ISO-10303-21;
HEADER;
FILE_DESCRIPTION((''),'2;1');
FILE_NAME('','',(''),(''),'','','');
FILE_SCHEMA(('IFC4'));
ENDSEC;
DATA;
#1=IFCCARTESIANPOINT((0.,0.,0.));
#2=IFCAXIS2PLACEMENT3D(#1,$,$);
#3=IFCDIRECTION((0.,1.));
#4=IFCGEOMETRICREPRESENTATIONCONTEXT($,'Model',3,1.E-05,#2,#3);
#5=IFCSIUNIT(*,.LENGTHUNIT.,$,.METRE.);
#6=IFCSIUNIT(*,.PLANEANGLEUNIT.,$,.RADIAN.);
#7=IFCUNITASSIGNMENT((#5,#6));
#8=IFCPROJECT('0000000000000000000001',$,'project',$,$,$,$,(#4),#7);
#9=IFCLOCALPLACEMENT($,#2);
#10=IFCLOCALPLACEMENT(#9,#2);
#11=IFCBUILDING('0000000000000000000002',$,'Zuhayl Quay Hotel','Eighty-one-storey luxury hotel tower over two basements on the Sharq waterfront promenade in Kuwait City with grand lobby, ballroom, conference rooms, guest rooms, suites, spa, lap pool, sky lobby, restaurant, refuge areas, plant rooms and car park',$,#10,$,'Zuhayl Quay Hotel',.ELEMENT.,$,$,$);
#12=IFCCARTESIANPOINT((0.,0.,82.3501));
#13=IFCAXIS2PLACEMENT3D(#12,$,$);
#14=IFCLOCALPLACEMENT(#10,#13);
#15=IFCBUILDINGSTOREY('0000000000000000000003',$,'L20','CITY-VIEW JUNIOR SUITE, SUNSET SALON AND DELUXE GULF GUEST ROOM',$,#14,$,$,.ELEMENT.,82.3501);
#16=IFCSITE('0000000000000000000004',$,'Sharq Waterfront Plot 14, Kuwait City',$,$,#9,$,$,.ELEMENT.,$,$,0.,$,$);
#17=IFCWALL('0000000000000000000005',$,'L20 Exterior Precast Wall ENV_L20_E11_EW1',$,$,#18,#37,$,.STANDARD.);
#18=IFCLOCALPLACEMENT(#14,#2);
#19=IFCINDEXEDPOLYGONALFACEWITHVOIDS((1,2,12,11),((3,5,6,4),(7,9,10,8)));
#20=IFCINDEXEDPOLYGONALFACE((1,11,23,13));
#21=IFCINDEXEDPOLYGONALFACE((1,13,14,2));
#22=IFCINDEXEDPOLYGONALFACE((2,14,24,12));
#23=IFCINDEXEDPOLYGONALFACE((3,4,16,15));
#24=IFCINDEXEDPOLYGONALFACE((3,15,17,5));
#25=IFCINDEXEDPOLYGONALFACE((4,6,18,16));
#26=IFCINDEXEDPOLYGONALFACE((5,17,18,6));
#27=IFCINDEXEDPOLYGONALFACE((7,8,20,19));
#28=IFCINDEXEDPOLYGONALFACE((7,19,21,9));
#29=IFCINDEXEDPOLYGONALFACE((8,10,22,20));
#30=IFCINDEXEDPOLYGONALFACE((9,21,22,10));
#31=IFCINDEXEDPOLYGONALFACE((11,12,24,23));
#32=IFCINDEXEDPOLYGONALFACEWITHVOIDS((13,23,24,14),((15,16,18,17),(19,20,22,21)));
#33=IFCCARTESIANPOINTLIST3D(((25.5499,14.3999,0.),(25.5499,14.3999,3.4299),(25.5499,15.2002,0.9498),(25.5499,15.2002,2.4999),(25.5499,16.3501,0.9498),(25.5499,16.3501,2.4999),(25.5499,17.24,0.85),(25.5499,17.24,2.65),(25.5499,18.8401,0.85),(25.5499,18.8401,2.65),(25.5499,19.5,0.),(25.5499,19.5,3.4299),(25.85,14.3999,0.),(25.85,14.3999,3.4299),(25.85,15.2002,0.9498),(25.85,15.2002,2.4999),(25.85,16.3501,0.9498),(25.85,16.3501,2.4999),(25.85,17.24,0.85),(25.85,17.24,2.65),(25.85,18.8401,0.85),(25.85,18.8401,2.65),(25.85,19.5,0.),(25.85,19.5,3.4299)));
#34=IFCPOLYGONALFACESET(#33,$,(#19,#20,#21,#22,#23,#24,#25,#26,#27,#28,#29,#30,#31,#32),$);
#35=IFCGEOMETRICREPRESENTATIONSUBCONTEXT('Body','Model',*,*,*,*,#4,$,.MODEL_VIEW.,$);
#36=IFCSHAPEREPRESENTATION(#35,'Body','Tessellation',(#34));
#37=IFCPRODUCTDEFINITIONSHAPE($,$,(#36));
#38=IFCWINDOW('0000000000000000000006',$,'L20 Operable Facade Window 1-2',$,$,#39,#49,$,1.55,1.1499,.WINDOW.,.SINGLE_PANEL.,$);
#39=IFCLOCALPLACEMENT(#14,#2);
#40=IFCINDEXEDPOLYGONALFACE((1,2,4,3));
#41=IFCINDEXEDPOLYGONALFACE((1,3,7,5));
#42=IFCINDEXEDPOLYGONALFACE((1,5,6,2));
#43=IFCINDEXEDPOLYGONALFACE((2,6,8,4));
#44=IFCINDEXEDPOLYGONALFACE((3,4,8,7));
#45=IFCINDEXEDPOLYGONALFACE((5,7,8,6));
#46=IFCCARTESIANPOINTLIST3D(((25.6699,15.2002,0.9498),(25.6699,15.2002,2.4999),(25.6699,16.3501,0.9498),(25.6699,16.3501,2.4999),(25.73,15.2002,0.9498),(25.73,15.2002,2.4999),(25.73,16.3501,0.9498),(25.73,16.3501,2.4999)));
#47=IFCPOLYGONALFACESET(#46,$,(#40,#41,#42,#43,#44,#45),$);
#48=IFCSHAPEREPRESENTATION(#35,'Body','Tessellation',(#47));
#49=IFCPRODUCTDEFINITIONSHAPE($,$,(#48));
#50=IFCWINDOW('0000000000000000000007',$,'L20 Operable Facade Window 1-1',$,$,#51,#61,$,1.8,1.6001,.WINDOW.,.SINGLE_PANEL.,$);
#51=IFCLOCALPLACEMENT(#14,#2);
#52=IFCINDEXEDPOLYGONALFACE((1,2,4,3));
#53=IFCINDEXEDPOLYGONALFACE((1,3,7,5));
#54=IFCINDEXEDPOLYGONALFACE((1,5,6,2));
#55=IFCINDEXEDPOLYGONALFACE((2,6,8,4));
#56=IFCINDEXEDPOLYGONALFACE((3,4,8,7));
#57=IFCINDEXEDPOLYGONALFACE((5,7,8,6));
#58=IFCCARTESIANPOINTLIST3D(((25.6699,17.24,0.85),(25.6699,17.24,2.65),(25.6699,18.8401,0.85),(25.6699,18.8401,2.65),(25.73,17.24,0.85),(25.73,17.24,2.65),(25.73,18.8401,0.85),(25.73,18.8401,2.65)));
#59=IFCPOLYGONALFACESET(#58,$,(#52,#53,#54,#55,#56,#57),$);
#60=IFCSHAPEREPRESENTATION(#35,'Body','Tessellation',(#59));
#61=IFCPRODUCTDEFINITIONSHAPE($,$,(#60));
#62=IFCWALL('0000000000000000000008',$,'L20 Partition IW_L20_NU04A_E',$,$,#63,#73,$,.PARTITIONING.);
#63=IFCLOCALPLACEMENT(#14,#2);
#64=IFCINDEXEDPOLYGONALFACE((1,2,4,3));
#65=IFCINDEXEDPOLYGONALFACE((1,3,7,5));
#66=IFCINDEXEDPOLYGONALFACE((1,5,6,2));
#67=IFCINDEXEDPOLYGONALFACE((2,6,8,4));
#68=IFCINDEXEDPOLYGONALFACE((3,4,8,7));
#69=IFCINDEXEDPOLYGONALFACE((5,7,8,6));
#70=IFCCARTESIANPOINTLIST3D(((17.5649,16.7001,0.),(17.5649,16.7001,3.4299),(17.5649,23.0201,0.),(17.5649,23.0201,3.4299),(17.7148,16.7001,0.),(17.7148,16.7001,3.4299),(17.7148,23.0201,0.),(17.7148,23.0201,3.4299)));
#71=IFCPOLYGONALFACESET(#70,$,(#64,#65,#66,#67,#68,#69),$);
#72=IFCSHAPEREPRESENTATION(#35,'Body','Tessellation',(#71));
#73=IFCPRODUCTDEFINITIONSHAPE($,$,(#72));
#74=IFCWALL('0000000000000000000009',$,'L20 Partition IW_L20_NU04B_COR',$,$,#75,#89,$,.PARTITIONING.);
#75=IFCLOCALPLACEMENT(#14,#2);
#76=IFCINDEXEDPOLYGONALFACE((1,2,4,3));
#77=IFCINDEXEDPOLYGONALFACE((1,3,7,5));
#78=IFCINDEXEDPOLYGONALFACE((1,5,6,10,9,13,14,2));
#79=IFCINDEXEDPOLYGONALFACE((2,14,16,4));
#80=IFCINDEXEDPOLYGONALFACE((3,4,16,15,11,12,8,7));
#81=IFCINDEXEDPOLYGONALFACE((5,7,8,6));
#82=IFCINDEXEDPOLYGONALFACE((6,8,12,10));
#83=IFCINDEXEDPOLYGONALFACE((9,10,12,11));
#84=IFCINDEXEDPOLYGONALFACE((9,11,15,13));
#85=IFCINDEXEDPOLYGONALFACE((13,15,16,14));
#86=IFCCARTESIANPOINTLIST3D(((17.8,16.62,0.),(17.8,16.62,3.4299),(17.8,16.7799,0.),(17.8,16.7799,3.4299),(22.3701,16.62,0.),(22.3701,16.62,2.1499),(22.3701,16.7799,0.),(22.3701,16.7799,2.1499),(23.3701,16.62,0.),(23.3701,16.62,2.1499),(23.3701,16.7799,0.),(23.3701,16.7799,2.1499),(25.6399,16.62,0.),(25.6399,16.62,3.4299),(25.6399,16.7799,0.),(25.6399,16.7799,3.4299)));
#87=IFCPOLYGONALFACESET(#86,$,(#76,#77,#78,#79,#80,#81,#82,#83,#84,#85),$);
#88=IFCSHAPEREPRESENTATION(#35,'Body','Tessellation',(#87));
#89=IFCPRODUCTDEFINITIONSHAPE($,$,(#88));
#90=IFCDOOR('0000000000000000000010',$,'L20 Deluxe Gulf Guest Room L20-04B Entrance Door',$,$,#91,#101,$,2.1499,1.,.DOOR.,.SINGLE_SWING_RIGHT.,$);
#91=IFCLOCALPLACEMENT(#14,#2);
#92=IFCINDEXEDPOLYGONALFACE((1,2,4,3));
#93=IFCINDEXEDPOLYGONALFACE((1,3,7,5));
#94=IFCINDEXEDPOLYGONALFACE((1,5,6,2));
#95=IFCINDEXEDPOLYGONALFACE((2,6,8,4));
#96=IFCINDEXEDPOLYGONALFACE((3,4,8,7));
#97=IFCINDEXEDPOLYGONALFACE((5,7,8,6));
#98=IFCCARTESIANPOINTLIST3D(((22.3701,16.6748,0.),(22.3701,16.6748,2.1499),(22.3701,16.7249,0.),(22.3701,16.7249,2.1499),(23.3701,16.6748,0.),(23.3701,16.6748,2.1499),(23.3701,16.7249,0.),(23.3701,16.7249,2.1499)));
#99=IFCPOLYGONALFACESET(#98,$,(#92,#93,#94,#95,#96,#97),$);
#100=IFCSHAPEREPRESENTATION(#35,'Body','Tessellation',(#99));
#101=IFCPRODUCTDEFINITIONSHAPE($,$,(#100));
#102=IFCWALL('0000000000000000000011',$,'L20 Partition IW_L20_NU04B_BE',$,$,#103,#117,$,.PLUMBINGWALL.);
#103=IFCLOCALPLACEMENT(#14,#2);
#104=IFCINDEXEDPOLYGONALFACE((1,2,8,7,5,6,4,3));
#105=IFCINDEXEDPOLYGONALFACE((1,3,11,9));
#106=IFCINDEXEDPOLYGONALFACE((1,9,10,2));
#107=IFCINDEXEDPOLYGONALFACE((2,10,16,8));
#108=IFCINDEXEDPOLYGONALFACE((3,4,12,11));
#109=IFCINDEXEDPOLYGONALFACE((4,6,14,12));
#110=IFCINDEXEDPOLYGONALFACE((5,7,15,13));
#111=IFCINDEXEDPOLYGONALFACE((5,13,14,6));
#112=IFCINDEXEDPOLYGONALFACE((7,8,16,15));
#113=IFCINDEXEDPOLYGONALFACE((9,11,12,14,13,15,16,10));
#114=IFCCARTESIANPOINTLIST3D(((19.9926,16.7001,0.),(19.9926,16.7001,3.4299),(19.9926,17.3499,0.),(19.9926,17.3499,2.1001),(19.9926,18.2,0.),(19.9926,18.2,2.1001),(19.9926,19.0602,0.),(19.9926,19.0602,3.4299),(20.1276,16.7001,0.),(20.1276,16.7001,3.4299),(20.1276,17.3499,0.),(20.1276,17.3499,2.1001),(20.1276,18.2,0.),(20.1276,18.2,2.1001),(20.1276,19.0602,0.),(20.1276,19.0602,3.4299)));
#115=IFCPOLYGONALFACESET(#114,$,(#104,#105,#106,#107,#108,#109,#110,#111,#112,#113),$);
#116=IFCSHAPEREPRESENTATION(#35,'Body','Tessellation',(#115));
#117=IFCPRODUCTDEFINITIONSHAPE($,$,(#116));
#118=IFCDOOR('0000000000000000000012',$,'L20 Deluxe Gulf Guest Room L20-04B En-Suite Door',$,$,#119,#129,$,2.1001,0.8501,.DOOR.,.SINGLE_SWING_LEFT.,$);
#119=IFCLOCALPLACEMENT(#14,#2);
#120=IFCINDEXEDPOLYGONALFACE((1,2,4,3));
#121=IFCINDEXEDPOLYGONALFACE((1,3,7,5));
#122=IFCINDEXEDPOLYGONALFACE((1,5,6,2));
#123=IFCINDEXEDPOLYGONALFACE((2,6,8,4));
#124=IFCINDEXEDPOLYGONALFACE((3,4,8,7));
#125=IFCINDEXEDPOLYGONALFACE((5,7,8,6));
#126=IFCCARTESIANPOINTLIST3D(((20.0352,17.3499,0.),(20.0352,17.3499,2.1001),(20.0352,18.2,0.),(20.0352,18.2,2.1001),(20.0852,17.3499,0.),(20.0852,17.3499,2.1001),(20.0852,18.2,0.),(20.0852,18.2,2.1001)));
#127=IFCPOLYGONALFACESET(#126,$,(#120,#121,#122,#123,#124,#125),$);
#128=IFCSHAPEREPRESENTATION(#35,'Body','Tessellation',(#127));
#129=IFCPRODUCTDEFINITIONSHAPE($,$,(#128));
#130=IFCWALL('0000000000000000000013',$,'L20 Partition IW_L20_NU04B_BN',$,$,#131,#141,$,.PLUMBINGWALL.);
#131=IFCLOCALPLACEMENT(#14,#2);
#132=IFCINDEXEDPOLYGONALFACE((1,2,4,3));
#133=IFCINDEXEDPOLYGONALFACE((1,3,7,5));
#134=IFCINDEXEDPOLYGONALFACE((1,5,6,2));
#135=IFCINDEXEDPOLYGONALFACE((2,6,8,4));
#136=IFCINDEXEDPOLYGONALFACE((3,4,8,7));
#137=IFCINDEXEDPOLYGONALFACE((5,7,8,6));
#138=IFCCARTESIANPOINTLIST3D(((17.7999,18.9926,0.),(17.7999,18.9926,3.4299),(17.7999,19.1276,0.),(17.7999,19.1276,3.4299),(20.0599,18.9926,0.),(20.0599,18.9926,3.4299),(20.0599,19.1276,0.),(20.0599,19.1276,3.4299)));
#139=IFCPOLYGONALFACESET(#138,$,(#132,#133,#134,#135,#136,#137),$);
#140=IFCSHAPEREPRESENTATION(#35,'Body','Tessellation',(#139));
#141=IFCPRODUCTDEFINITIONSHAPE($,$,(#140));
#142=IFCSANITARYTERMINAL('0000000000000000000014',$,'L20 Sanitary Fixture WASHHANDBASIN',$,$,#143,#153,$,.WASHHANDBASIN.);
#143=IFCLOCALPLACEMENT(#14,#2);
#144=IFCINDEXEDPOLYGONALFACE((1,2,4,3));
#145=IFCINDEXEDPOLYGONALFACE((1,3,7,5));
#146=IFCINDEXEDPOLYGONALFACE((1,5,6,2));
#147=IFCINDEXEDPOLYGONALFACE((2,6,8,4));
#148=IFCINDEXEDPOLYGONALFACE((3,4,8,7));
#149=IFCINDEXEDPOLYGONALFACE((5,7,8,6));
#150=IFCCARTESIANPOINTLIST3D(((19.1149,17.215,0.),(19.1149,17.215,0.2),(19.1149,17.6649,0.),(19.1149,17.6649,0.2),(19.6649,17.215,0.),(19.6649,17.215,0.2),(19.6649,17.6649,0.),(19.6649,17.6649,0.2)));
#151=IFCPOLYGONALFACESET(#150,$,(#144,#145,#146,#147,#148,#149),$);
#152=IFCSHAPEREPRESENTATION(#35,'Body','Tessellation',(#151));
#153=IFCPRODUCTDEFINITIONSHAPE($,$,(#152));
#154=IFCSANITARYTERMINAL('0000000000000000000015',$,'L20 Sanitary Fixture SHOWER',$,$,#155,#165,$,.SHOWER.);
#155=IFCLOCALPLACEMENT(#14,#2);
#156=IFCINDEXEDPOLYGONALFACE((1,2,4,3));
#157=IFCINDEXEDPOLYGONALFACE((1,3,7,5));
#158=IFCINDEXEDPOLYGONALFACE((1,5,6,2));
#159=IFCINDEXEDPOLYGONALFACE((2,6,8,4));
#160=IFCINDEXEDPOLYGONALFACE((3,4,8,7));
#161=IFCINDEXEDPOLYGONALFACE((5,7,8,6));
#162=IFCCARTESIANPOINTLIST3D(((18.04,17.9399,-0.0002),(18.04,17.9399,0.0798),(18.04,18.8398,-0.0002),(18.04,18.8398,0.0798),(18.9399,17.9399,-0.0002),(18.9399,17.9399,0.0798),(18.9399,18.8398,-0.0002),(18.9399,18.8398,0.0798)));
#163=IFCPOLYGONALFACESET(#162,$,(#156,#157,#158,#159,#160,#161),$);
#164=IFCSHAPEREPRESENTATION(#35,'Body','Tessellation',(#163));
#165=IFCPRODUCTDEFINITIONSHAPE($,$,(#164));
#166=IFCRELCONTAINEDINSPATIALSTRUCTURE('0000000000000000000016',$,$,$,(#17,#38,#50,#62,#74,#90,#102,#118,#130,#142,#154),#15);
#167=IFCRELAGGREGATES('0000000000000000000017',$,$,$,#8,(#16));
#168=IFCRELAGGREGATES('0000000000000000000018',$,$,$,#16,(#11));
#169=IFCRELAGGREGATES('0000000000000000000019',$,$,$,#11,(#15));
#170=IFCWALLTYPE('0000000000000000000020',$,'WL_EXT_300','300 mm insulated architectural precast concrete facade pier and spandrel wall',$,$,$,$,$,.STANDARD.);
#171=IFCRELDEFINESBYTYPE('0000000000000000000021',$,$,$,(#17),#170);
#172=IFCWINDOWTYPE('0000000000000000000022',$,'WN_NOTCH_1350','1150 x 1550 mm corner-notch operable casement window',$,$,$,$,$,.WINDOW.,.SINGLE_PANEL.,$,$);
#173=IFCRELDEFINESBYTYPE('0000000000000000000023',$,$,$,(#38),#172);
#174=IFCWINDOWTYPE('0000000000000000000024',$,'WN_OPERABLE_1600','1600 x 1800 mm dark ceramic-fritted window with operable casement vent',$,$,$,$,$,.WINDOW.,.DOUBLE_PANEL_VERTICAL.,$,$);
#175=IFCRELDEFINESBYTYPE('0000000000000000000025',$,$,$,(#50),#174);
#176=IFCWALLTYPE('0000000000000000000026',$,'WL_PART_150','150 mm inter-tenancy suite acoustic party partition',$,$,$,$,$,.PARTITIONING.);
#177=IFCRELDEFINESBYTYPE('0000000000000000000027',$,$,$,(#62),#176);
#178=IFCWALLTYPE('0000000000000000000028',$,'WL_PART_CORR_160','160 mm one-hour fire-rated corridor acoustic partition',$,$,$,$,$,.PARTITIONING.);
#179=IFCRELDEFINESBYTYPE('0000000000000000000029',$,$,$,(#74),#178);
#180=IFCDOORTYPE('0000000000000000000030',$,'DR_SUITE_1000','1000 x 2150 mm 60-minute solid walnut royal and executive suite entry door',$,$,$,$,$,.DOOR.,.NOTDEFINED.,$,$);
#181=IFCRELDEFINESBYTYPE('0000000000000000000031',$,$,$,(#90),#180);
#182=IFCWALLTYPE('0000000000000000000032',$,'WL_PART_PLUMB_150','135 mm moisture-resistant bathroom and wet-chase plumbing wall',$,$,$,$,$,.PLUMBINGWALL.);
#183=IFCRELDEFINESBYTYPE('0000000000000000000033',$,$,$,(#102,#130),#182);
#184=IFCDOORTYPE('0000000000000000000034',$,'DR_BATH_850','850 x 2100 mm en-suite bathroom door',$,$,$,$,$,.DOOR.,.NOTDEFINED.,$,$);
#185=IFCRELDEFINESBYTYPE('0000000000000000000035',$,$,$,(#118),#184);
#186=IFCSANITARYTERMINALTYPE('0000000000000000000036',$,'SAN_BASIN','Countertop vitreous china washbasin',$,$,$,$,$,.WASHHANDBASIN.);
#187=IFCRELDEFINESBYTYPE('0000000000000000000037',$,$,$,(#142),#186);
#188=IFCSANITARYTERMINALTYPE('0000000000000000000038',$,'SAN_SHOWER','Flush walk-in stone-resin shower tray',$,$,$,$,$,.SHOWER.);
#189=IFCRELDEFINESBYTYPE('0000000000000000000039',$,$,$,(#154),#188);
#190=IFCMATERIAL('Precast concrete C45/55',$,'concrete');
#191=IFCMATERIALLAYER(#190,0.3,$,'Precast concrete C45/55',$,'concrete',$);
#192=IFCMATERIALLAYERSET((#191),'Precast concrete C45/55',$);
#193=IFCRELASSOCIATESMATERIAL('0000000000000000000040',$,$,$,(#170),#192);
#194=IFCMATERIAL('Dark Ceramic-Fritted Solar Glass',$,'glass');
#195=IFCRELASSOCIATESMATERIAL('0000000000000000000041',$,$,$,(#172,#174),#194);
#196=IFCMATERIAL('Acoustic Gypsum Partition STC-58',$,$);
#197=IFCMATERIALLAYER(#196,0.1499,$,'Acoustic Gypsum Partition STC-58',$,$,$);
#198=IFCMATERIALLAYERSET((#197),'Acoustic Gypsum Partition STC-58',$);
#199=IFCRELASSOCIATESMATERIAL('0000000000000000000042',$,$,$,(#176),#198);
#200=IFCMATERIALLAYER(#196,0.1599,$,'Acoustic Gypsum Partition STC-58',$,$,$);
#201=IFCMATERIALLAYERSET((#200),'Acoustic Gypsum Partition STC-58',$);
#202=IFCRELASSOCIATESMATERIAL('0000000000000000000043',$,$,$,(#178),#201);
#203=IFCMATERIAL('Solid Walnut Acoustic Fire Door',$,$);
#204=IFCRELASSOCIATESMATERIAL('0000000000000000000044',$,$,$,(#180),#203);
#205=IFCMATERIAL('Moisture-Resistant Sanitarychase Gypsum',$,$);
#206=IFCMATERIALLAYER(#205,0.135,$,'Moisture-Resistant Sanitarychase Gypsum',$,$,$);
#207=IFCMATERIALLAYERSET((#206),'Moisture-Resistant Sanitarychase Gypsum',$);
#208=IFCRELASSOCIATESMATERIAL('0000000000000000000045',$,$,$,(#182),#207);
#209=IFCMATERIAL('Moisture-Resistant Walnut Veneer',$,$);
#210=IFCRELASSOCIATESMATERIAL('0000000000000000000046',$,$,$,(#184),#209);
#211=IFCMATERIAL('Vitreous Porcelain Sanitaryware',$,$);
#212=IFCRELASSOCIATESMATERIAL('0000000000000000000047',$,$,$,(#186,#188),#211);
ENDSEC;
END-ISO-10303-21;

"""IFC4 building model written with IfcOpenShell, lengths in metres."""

from ifc_helpers import new_model, si_unit, direction, frame, frame_2d, origin, origin_2d, place, context, subcontext, project, spatial, rectangle, extrude, material, layer, layer_set, type_object, element, fill, save


model = new_model("IFC4")

# Units and contexts
model_context = context("Model", 3, precision=1e-05, world=origin(), true_north=direction((0.0, 1.0)))
body_context = subcontext(model_context, "Body", "Model", "MODEL_VIEW")
ifc_project = project(units=[si_unit("LENGTHUNIT", "METRE"), si_unit("PLANEANGLEUNIT", "RADIAN")], contexts=[model_context])

# Site, building, storey
site_placement = place(None, origin())
site = spatial("IfcSite", under=ifc_project, at=site_placement, Name="Sharq Waterfront Plot 14, Kuwait City", CompositionType="ELEMENT", RefElevation=0.0)
building_placement = place(site_placement, origin())
building = spatial("IfcBuilding", under=site, at=building_placement, Name="Zuhayl Quay Hotel", Description="Eighty-one-storey luxury hotel tower over two basements on the Sharq waterfront promenade in Kuwait City with grand lobby, ballroom, conference rooms, guest rooms, suites, spa, lap pool, sky lobby, restaurant, refuge areas, plant rooms and car park", LongName="Zuhayl Quay Hotel", CompositionType="ELEMENT")
storey_placement = place(building_placement, frame((0.0, 0.0, 82.3501)))
storey = spatial("IfcBuildingStorey", under=building, at=storey_placement, Name="L20", Description="CITY-VIEW JUNIOR SUITE, SUNSET SALON AND DELUXE GULF GUEST ROOM", CompositionType="ELEMENT", Elevation=82.3501)

# Shared definitions
ifc_material_1 = material(Name="Dark Ceramic-Fritted Solar Glass", Category="glass")

# Shared definitions
ifc_material_2 = material(Name="Precast concrete C45/55", Category="concrete")
ifc_layer_1 = layer(ifc_material_2, 0.3, Name="Precast concrete C45/55", Category="concrete")
ifc_layer_set_1 = layer_set([ifc_layer_1], Name="Precast concrete C45/55")
wall_type_1 = type_object("IfcWallType", Name="WL_EXT_300", Description="300 mm insulated architectural precast concrete facade pier and spandrel wall", PredefinedType="STANDARD", material=ifc_layer_set_1)

# Shared definitions
window_type_1 = type_object("IfcWindowType", Name="WN_NOTCH_1350", Description="1150 x 1550 mm corner-notch operable casement window", PartitioningType="SINGLE_PANEL", PredefinedType="WINDOW", material=ifc_material_1)

# Wall, openings, windows
wall_1_placement = place(storey_placement, frame((25.7, 19.5, 0.0), z_axis=(0.0, 0.0, 1.0), x_axis=(0.0, -1.0, 0.0)))
wall_1 = element("IfcWall", 1, at=wall_1_placement, inside=storey, type_object=wall_type_1, Name="L20 Exterior Precast Wall ENV_L20_E11_EW1", PredefinedType="STANDARD", context=body_context, shape_type="SweptSolid", body=[
    extrude(rectangle(XDim=5.1001, YDim=0.3, at=frame_2d((2.55, 0.0))), origin(), (0.0, 0.0, 1.0), 3.4299),
])
opening_1_placement = place(wall_1_placement, frame((0.6599, 0.0, 0.8501)))
opening_1 = element("IfcOpeningElement", 2, at=opening_1_placement, cuts=wall_1, PredefinedType="OPENING", context=body_context, shape_type="SweptSolid", body=[
    extrude(rectangle(XDim=1.6001, YDim=1.8, at=frame_2d((0.8, 0.8999))), frame((0.0, 0.1599, 0.0), z_axis=(0.0, -1.0, 0.0), x_axis=(1.0, 0.0, 0.0)), (0.0, 0.0, 1.0), 0.3201),
])
opening_2_placement = place(wall_1_placement, frame((3.1499, 0.0, 0.95)))
opening_2 = element("IfcOpeningElement", 3, at=opening_2_placement, cuts=wall_1, PredefinedType="OPENING", context=body_context, shape_type="SweptSolid", body=[
    extrude(rectangle(XDim=1.1499, YDim=1.55, at=frame_2d((0.575, 0.7749))), frame((0.0, 0.1599, 0.0), z_axis=(0.0, -1.0, 0.0), x_axis=(1.0, 0.0, 0.0)), (0.0, 0.0, 1.0), 0.3201),
])
window_1_placement = place(opening_2_placement, origin())
window_1 = element("IfcWindow", 4, at=window_1_placement, inside=storey, type_object=window_type_1, Name="L20 Operable Facade Window 1-2", OverallHeight=1.55, OverallWidth=1.1499, PartitioningType="SINGLE_PANEL", PredefinedType="WINDOW", context=body_context, shape_type="SweptSolid", body=[
    extrude(rectangle(XDim=1.1499, YDim=1.55, at=frame_2d((0.575, 0.7749))), frame((0.0, 0.03, 0.0), z_axis=(0.0, -1.0, 0.0), x_axis=(1.0, 0.0, 0.0)), (0.0, 0.0, 1.0), 0.0601),
])
fill(opening_2, window_1)
window_type_2 = type_object("IfcWindowType", Name="WN_OPERABLE_1600", Description="1600 x 1800 mm dark ceramic-fritted window with operable casement vent", PartitioningType="DOUBLE_PANEL_VERTICAL", PredefinedType="WINDOW", material=ifc_material_1)
window_2_placement = place(opening_1_placement, origin())
window_2 = element("IfcWindow", 5, at=window_2_placement, inside=storey, type_object=window_type_2, Name="L20 Operable Facade Window 1-1", OverallHeight=1.8, OverallWidth=1.6001, PartitioningType="SINGLE_PANEL", PredefinedType="WINDOW", context=body_context, shape_type="SweptSolid", body=[
    extrude(rectangle(XDim=1.6001, YDim=1.8, at=frame_2d((0.8, 0.8999))), frame((0.0, 0.03, 0.0), z_axis=(0.0, -1.0, 0.0), x_axis=(1.0, 0.0, 0.0)), (0.0, 0.0, 1.0), 0.0601),
])
fill(opening_1, window_2)

# Wall
ifc_material_3 = material(Name="Acoustic Gypsum Partition STC-58")
ifc_layer_2 = layer(ifc_material_3, 0.1499, Name="Acoustic Gypsum Partition STC-58")
ifc_layer_set_2 = layer_set([ifc_layer_2], Name="Acoustic Gypsum Partition STC-58")
wall_type_2 = type_object("IfcWallType", Name="WL_PART_150", Description="150 mm inter-tenancy suite acoustic party partition", PredefinedType="PARTITIONING", material=ifc_layer_set_2)
wall_2_placement = place(storey_placement, frame((17.6399, 16.7, 0.0), z_axis=(0.0, 0.0, 1.0), x_axis=(0.0, 1.0, 0.0)))
element("IfcWall", 6, at=wall_2_placement, inside=storey, type_object=wall_type_2, Name="L20 Partition IW_L20_NU04A_E", PredefinedType="PARTITIONING", context=body_context, shape_type="SweptSolid", body=[
    extrude(rectangle(XDim=6.3201, YDim=0.1499, at=frame_2d((3.1602, 0.0))), origin(), (0.0, 0.0, 1.0), 3.4299),
])

# Walls, openings, doors
ifc_layer_3 = layer(ifc_material_3, 0.1599, Name="Acoustic Gypsum Partition STC-58")
ifc_layer_set_3 = layer_set([ifc_layer_3], Name="Acoustic Gypsum Partition STC-58")
wall_type_3 = type_object("IfcWallType", Name="WL_PART_CORR_160", Description="160 mm one-hour fire-rated corridor acoustic partition", PredefinedType="PARTITIONING", material=ifc_layer_set_3)
wall_3_placement = place(storey_placement, frame((17.8, 16.7, 0.0), z_axis=(0.0, 0.0, 1.0), x_axis=(1.0, 0.0, 0.0)))
wall_3 = element("IfcWall", 7, at=wall_3_placement, inside=storey, type_object=wall_type_3, Name="L20 Partition IW_L20_NU04B_COR", PredefinedType="PARTITIONING", context=body_context, shape_type="SweptSolid", body=[
    extrude(rectangle(XDim=7.8398, YDim=0.1599, at=frame_2d((3.9199, 0.0))), origin(), (0.0, 0.0, 1.0), 3.4299),
])
opening_3_placement = place(wall_3_placement, frame((4.5701, 0.0, 0.0)))
opening_3 = element("IfcOpeningElement", 8, at=opening_3_placement, cuts=wall_3, PredefinedType="OPENING", context=body_context, shape_type="SweptSolid", body=[
    extrude(rectangle(XDim=1.0, YDim=2.1499, at=frame_2d((0.5, 1.075))), frame((0.0, 0.0898, 0.0), z_axis=(0.0, -1.0, 0.0), x_axis=(1.0, 0.0, 0.0)), (0.0, 0.0, 1.0), 0.1799),
])
ifc_material_4 = material(Name="Solid Walnut Acoustic Fire Door")
door_type_1 = type_object("IfcDoorType", Name="DR_SUITE_1000", Description="1000 x 2150 mm 60-minute solid walnut royal and executive suite entry door", OperationType="NOTDEFINED", PredefinedType="DOOR", material=ifc_material_4)
door_1_placement = place(opening_3_placement, origin())
door_1 = element("IfcDoor", 9, at=door_1_placement, inside=storey, type_object=door_type_1, Name="L20 Deluxe Gulf Guest Room L20-04B Entrance Door", OperationType="SINGLE_SWING_RIGHT", OverallHeight=2.1499, OverallWidth=1.0, PredefinedType="DOOR", context=body_context, shape_type="SweptSolid", body=[
    extrude(rectangle(XDim=1.0, YDim=2.1499, at=frame_2d((0.5, 1.075))), frame((0.0, 0.0249, 0.0), z_axis=(0.0, -1.0, 0.0), x_axis=(1.0, 0.0, 0.0)), (0.0, 0.0, 1.0), 0.05),
])
fill(opening_3, door_1)
ifc_material_5 = material(Name="Moisture-Resistant Sanitarychase Gypsum")
ifc_layer_4 = layer(ifc_material_5, 0.135, Name="Moisture-Resistant Sanitarychase Gypsum")
ifc_layer_set_4 = layer_set([ifc_layer_4], Name="Moisture-Resistant Sanitarychase Gypsum")
wall_type_4 = type_object("IfcWallType", Name="WL_PART_PLUMB_150", Description="135 mm moisture-resistant bathroom and wet-chase plumbing wall", PredefinedType="PLUMBINGWALL", material=ifc_layer_set_4)
wall_4_placement = place(storey_placement, frame((20.0601, 16.7, 0.0), z_axis=(0.0, 0.0, 1.0), x_axis=(0.0, 1.0, 0.0)))
wall_4 = element("IfcWall", 10, at=wall_4_placement, inside=storey, type_object=wall_type_4, Name="L20 Partition IW_L20_NU04B_BE", PredefinedType="PLUMBINGWALL", context=body_context, shape_type="SweptSolid", body=[
    extrude(rectangle(XDim=2.3601, YDim=0.135, at=frame_2d((1.1802, 0.0))), origin(), (0.0, 0.0, 1.0), 3.4299),
])
opening_4_placement = place(wall_4_placement, frame((0.6499, 0.0, 0.0)))
opening_4 = element("IfcOpeningElement", 11, at=opening_4_placement, cuts=wall_4, PredefinedType="OPENING", context=body_context, shape_type="SweptSolid", body=[
    extrude(rectangle(XDim=0.8501, YDim=2.1001, at=frame_2d((0.425, 1.05))), frame((0.0, 0.0774, 0.0), z_axis=(0.0, -1.0, 0.0), x_axis=(1.0, 0.0, 0.0)), (0.0, 0.0, 1.0), 0.155),
])
ifc_material_6 = material(Name="Moisture-Resistant Walnut Veneer")
door_type_2 = type_object("IfcDoorType", Name="DR_BATH_850", Description="850 x 2100 mm en-suite bathroom door", OperationType="NOTDEFINED", PredefinedType="DOOR", material=ifc_material_6)
door_2_placement = place(opening_4_placement, origin())
door_2 = element("IfcDoor", 12, at=door_2_placement, inside=storey, type_object=door_type_2, Name="L20 Deluxe Gulf Guest Room L20-04B En-Suite Door", OperationType="SINGLE_SWING_LEFT", OverallHeight=2.1001, OverallWidth=0.8501, PredefinedType="DOOR", context=body_context, shape_type="SweptSolid", body=[
    extrude(rectangle(XDim=0.8501, YDim=2.1001, at=frame_2d((0.425, 1.05))), frame((0.0, 0.0249, 0.0), z_axis=(0.0, -1.0, 0.0), x_axis=(1.0, 0.0, 0.0)), (0.0, 0.0, 1.0), 0.05),
])
fill(opening_4, door_2)

# Wall
wall_5_placement = place(storey_placement, frame((17.8, 19.0601, 0.0), z_axis=(0.0, 0.0, 1.0), x_axis=(1.0, 0.0, 0.0)))
element("IfcWall", 13, at=wall_5_placement, inside=storey, type_object=wall_type_4, Name="L20 Partition IW_L20_NU04B_BN", PredefinedType="PLUMBINGWALL", context=body_context, shape_type="SweptSolid", body=[
    extrude(rectangle(XDim=2.26, YDim=0.135, at=frame_2d((1.1299, 0.0))), origin(), (0.0, 0.0, 1.0), 3.4299),
])

# Sanitary terminals
ifc_material_7 = material(Name="Vitreous Porcelain Sanitaryware")
sanitary_terminal_type_1 = type_object("IfcSanitaryTerminalType", Name="SAN_BASIN", Description="Countertop vitreous china washbasin", PredefinedType="WASHHANDBASIN", material=ifc_material_7)
sanitary_terminal_1_placement = place(storey_placement, frame((19.3899, 17.4399, 0.0), z_axis=(0.0, 0.0, 1.0), x_axis=(1.0, 0.0, 0.0)))
element("IfcSanitaryTerminal", 14, at=sanitary_terminal_1_placement, inside=storey, type_object=sanitary_terminal_type_1, Name="L20 Sanitary Fixture WASHHANDBASIN", PredefinedType="WASHHANDBASIN", context=body_context, shape_type="SweptSolid", body=[
    extrude(rectangle(XDim=0.55, YDim=0.45, at=origin_2d()), origin(), (0.0, 0.0, 1.0), 0.2),
])
sanitary_terminal_type_2 = type_object("IfcSanitaryTerminalType", Name="SAN_SHOWER", Description="Flush walk-in stone-resin shower tray", PredefinedType="SHOWER", material=ifc_material_7)
sanitary_terminal_2_placement = place(storey_placement, frame((18.49, 18.3899, -0.0002), z_axis=(0.0, 0.0, 1.0), x_axis=(1.0, 0.0, 0.0)))
element("IfcSanitaryTerminal", 15, at=sanitary_terminal_2_placement, inside=storey, type_object=sanitary_terminal_type_2, Name="L20 Sanitary Fixture SHOWER", PredefinedType="SHOWER", context=body_context, shape_type="SweptSolid", body=[
    extrude(rectangle(XDim=0.8999, YDim=0.8999, at=origin_2d()), origin(), (0.0, 0.0, 1.0), 0.0801),
])

save(model, "model.ifc")
